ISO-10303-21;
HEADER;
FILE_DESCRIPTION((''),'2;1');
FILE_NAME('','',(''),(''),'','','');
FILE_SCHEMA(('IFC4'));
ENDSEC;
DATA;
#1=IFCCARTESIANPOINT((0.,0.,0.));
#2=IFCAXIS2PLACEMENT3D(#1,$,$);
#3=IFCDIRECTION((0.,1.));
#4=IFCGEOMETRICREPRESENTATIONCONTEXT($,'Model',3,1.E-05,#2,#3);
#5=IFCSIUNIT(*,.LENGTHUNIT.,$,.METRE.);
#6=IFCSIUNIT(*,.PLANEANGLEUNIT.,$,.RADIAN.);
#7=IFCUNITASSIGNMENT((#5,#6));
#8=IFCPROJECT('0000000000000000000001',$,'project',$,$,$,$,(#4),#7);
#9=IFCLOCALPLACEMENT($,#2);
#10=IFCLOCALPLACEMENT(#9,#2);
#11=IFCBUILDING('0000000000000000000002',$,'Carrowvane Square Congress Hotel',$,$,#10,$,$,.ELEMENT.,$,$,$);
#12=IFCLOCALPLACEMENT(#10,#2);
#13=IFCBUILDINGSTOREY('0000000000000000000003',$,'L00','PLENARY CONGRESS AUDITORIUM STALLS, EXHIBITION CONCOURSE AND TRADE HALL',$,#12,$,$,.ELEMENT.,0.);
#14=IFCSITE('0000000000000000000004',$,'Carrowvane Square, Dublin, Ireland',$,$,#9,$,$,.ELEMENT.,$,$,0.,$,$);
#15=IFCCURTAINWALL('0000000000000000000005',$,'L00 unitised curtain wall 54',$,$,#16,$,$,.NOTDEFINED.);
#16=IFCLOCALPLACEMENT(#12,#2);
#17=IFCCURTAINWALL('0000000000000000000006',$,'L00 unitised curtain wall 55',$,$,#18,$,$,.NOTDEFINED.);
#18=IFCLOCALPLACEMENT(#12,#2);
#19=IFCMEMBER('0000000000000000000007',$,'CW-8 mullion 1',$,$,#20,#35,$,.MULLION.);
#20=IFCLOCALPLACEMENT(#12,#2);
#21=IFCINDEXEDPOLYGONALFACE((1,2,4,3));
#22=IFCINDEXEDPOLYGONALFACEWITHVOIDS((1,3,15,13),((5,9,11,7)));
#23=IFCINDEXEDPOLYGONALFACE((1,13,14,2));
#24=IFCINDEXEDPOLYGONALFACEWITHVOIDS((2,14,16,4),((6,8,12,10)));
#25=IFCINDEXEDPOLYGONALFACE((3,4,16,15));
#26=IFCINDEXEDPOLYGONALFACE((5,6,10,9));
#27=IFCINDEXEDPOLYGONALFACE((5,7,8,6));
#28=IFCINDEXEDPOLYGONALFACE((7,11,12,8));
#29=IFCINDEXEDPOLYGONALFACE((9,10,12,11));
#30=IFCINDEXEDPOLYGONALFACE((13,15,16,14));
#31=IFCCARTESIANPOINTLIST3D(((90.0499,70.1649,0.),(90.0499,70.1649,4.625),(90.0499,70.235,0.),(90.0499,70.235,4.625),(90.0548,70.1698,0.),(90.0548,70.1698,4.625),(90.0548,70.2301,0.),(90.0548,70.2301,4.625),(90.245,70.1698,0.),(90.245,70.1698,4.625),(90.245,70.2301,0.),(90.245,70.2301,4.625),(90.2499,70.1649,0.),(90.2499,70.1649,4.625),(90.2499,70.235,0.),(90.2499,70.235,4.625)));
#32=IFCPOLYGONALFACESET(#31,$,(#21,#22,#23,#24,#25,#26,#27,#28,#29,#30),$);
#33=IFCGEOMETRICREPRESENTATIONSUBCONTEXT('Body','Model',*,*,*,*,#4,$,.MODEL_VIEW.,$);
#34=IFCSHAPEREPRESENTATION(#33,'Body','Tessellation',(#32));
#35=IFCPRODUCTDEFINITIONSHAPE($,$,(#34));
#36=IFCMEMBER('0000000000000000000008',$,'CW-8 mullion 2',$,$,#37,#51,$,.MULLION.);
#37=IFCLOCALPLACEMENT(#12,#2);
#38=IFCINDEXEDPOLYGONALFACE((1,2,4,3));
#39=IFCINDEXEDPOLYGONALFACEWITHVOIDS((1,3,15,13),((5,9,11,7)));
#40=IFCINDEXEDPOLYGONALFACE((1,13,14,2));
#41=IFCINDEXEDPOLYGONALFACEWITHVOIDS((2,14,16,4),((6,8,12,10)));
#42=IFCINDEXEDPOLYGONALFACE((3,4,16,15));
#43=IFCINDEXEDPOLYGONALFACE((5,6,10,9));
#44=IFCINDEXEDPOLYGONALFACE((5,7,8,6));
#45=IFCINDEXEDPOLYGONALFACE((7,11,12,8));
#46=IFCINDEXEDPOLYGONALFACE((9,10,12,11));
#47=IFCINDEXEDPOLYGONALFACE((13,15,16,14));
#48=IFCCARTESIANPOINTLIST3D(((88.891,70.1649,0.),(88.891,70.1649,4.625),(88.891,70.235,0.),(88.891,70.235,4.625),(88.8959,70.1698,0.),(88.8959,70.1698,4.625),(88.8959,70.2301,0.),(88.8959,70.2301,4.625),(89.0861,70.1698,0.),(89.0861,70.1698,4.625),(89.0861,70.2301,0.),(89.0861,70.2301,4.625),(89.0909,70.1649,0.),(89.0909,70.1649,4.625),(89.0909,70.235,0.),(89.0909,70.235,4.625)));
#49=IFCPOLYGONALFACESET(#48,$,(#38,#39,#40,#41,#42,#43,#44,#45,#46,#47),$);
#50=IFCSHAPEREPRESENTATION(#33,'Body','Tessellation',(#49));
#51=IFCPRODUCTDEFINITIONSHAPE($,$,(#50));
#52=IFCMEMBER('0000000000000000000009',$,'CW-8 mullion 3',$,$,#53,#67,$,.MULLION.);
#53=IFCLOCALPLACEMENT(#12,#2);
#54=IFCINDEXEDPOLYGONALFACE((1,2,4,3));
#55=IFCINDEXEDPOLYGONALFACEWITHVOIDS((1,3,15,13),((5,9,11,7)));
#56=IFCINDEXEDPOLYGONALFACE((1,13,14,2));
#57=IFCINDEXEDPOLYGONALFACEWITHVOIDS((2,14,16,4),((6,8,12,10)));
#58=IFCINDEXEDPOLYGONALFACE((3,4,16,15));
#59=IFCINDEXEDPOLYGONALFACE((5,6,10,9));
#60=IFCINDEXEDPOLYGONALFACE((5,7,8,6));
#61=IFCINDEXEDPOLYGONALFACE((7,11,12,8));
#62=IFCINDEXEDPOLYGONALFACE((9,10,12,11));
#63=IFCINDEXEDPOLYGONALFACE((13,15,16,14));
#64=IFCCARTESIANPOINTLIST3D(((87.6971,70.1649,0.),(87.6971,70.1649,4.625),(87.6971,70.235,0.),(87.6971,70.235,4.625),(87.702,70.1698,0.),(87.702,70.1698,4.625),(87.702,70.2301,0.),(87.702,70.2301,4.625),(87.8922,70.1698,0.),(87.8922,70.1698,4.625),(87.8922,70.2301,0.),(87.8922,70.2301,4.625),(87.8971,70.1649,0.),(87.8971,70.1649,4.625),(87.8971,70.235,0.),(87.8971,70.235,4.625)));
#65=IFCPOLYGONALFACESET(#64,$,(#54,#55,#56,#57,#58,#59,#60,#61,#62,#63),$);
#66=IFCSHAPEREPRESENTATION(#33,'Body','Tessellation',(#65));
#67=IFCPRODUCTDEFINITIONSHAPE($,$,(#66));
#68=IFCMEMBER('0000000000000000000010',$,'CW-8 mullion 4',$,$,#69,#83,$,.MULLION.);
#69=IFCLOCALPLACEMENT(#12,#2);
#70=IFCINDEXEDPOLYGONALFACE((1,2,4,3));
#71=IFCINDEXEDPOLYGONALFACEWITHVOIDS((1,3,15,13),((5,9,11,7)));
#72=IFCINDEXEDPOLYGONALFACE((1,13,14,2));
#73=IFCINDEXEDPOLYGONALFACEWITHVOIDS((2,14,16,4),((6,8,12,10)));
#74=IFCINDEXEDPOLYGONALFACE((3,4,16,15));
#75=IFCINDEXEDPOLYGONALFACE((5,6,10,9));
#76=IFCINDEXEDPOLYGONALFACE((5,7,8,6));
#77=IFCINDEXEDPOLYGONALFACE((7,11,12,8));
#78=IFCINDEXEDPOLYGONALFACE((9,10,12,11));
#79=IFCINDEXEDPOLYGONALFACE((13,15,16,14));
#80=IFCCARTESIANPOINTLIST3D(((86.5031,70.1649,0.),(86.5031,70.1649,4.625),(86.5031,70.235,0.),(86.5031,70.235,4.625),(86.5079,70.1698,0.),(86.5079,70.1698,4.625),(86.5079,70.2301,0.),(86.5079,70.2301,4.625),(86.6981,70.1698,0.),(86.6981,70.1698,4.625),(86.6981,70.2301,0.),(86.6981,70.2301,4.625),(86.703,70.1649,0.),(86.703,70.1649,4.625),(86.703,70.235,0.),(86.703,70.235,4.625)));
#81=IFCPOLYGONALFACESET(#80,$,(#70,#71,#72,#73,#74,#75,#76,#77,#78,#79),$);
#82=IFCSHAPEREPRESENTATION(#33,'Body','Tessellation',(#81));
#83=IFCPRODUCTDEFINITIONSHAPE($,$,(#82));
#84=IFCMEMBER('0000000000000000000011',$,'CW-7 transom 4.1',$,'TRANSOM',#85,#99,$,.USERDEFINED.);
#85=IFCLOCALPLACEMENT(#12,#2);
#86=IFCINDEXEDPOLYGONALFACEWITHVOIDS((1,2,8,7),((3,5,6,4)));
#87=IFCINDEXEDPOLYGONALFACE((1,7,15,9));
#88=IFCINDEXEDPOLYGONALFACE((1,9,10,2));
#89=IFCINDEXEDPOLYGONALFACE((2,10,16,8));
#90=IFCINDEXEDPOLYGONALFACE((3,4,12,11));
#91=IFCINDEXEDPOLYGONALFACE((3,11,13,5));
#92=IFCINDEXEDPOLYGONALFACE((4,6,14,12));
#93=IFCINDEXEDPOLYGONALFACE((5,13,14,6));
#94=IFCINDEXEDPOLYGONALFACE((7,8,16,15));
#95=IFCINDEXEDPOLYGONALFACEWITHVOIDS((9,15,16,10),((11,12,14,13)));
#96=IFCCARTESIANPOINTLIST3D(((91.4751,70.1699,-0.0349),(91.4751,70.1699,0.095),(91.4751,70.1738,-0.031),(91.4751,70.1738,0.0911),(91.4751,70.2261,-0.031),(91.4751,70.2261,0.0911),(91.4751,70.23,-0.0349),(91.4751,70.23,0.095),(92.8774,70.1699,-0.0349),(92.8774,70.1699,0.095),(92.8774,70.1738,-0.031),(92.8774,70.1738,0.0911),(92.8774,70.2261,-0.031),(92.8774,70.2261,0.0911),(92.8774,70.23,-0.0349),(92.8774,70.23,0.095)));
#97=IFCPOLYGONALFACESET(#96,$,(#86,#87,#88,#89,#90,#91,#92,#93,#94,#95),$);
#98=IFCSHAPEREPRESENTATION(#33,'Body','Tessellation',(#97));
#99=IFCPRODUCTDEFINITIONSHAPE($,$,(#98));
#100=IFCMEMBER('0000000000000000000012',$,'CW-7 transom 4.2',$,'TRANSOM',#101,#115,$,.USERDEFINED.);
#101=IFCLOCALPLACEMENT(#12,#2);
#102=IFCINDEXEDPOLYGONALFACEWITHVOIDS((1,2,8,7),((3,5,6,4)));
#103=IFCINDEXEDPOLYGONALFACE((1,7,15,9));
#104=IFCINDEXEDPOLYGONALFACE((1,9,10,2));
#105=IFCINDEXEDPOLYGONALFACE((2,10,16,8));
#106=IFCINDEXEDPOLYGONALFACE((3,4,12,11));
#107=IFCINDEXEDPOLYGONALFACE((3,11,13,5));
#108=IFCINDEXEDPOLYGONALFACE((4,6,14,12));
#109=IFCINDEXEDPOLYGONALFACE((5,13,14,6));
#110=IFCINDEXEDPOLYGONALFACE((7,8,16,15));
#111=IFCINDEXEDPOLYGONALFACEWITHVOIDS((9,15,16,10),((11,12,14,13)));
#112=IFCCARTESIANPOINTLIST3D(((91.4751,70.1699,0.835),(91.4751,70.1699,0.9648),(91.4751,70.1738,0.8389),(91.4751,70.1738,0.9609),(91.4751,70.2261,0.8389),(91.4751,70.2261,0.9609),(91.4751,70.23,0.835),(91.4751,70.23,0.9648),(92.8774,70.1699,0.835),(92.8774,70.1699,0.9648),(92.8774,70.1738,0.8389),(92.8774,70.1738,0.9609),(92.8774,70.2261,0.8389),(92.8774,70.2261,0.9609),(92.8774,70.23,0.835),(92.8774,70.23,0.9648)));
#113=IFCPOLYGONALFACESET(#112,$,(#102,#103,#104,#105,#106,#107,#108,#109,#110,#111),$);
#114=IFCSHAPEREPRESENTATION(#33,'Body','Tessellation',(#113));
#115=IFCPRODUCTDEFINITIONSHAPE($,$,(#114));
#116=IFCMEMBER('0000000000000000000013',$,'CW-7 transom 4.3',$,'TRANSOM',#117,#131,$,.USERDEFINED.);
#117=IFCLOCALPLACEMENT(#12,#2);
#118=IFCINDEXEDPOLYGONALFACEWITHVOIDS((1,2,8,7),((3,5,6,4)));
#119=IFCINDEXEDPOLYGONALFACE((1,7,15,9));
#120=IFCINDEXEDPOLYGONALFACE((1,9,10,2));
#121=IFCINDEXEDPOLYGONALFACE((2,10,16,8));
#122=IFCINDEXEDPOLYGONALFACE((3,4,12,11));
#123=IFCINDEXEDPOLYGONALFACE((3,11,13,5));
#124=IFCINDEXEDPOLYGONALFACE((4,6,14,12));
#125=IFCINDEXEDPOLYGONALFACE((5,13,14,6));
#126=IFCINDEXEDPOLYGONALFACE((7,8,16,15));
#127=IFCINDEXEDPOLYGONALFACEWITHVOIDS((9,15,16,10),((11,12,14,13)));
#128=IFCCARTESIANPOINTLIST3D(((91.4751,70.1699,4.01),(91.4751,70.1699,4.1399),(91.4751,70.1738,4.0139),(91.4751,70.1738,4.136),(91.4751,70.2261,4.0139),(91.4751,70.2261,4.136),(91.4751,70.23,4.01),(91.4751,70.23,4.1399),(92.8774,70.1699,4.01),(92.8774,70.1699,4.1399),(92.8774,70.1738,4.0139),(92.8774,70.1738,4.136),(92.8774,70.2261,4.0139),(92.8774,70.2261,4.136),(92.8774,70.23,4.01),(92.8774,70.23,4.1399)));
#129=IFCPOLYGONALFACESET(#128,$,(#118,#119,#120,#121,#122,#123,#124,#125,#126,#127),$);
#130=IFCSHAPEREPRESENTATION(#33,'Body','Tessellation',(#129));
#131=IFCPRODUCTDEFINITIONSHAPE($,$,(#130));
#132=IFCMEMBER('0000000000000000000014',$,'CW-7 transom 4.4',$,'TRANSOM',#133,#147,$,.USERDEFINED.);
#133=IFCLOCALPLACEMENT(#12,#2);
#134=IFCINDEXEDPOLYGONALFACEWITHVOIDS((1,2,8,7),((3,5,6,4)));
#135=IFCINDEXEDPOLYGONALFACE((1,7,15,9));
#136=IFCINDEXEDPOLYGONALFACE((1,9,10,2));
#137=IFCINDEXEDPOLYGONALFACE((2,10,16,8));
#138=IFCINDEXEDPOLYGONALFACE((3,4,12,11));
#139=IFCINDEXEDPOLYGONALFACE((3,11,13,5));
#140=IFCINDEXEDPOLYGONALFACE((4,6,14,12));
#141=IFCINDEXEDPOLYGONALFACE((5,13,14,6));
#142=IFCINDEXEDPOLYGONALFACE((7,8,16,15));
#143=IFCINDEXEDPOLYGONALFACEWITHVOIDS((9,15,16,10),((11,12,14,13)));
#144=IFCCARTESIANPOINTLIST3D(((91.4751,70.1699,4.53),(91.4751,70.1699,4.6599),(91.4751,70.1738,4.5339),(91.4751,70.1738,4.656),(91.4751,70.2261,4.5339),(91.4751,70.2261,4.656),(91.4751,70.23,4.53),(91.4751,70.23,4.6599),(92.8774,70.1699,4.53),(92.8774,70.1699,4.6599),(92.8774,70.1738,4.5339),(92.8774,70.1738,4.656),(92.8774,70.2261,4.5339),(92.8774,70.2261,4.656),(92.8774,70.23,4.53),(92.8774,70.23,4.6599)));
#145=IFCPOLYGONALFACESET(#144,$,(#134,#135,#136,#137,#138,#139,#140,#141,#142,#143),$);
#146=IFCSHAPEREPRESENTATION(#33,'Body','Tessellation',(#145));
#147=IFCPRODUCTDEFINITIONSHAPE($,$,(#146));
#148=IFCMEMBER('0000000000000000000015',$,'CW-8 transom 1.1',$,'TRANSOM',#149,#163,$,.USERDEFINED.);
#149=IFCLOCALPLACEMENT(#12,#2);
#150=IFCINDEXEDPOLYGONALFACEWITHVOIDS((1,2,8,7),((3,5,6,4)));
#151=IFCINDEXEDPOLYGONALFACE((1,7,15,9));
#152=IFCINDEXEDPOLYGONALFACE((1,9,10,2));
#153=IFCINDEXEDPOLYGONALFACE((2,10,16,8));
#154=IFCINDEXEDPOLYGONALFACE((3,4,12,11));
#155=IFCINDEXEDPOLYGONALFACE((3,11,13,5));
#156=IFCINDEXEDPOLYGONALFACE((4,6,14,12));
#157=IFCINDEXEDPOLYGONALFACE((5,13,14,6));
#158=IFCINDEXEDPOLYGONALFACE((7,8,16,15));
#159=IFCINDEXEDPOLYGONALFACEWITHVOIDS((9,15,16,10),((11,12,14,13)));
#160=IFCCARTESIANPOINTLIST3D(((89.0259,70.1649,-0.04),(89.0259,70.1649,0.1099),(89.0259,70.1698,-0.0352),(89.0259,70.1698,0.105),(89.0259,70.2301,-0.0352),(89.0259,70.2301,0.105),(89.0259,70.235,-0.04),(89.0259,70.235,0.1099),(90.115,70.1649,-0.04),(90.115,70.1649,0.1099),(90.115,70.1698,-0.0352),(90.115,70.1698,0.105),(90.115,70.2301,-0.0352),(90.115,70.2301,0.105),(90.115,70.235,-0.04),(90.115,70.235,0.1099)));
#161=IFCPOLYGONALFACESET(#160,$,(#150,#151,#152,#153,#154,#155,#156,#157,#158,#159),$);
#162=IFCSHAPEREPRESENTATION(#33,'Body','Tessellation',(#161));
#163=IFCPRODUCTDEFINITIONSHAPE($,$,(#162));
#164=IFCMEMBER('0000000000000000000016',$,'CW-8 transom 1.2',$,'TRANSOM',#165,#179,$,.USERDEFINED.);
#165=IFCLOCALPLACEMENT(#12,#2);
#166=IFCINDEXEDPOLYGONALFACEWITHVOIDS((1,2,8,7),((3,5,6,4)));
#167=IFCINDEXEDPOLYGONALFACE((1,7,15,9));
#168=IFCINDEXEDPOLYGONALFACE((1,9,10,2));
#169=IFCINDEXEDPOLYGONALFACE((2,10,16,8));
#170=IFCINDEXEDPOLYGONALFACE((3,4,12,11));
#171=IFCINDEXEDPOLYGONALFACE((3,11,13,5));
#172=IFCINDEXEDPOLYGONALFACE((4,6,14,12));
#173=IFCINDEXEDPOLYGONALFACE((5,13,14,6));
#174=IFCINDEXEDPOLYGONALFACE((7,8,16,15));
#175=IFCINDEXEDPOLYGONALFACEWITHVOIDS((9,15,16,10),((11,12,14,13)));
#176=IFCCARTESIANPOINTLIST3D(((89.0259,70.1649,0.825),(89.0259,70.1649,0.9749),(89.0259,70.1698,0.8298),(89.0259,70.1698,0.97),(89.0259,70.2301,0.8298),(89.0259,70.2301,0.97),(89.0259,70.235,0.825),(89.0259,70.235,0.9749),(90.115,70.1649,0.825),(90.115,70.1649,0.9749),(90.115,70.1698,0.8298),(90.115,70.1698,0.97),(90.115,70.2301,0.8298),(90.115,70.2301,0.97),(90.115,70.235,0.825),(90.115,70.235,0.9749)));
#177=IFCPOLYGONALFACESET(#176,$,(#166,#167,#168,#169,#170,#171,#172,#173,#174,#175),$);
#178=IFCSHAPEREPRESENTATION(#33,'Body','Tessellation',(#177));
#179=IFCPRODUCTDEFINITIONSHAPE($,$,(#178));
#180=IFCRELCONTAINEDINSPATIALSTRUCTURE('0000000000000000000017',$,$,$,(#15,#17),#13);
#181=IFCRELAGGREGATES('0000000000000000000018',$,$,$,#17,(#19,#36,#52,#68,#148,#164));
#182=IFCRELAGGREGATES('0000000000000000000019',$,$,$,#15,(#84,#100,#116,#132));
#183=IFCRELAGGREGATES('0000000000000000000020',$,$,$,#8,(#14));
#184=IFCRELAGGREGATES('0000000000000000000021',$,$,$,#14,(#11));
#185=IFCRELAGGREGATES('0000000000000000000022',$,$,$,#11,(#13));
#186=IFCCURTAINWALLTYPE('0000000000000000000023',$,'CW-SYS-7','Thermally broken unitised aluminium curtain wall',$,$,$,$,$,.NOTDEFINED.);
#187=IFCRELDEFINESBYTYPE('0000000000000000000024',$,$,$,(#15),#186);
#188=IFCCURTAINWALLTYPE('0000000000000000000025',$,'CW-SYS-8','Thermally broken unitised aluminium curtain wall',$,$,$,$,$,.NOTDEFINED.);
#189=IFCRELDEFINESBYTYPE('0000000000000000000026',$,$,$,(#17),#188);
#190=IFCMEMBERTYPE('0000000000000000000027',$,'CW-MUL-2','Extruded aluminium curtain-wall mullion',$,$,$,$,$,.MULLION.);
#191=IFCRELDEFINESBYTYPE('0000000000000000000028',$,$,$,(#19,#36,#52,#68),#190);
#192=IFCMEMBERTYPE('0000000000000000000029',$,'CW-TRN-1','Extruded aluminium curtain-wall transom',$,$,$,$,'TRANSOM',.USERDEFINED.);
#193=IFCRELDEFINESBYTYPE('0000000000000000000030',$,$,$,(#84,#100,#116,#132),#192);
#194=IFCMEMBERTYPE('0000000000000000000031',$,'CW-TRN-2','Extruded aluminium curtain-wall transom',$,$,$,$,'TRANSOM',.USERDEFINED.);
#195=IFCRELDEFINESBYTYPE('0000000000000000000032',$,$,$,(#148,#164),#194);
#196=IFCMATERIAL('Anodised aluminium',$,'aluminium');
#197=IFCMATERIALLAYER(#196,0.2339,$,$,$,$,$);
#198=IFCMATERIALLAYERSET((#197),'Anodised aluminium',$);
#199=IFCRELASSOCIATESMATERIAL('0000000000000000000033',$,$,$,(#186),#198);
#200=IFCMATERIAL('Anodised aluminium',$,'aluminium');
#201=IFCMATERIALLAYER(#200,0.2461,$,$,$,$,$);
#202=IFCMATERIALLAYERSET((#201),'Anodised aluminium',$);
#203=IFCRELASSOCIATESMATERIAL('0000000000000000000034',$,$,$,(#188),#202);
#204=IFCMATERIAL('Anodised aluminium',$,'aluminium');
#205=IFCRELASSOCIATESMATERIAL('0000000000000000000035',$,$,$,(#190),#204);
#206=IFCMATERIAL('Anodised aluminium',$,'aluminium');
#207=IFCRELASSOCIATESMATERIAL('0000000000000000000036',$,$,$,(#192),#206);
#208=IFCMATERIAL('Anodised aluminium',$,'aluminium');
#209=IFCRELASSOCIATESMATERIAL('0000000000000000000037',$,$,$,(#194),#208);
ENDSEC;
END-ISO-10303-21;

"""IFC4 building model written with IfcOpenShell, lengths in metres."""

from ifc_helpers import new_model, si_unit, direction, frame, origin, origin_2d, place, context, subcontext, project, spatial, hollow_rectangle, extrude, material, layer, layer_set, material_profile, profile_set, type_object, element, aggregate, save


model = new_model("IFC4")

# Units and contexts
model_context = context("Model", 3, precision=1e-05, world=origin(), true_north=direction((0.0, 1.0)))
body_context = subcontext(model_context, "Body", "Model", "MODEL_VIEW")
ifc_project = project(units=[si_unit("LENGTHUNIT", "METRE"), si_unit("PLANEANGLEUNIT", "RADIAN")], contexts=[model_context])

# Site, building, storey
site_placement = place(None, origin())
site = spatial("IfcSite", under=ifc_project, at=site_placement, Name="Carrowvane Square, Dublin, Ireland", CompositionType="ELEMENT", RefElevation=0.0)
building_placement = place(site_placement, origin())
building = spatial("IfcBuilding", under=site, at=building_placement, Name="Carrowvane Square Congress Hotel", CompositionType="ELEMENT")
storey_placement = place(building_placement, origin())
storey = spatial("IfcBuildingStorey", under=building, at=storey_placement, Name="L00", Description="PLENARY CONGRESS AUDITORIUM STALLS, EXHIBITION CONCOURSE AND TRADE HALL", CompositionType="ELEMENT", Elevation=0.0)

# Curtain walls, members
ifc_material_1 = material(Name="Anodised aluminium", Category="aluminium")
ifc_layer_1 = layer(ifc_material_1, 0.2339)
ifc_layer_set_1 = layer_set([ifc_layer_1], Name="Anodised aluminium")
curtain_wall_type_1 = type_object("IfcCurtainWallType", Name="CW-SYS-7", Description="Thermally broken unitised aluminium curtain wall", PredefinedType="NOTDEFINED", material=ifc_layer_set_1)
curtain_wall_1_placement = place(storey_placement, origin())
curtain_wall_1 = element("IfcCurtainWall", 1, at=curtain_wall_1_placement, inside=storey, type_object=curtain_wall_type_1, Name="L00 unitised curtain wall 54", PredefinedType="NOTDEFINED")
ifc_material_2 = material(Name="Anodised aluminium", Category="aluminium")
ifc_layer_2 = layer(ifc_material_2, 0.2461)
ifc_layer_set_2 = layer_set([ifc_layer_2], Name="Anodised aluminium")
curtain_wall_type_2 = type_object("IfcCurtainWallType", Name="CW-SYS-8", Description="Thermally broken unitised aluminium curtain wall", PredefinedType="NOTDEFINED", material=ifc_layer_set_2)
curtain_wall_2_placement = place(storey_placement, origin())
curtain_wall_2 = element("IfcCurtainWall", 2, at=curtain_wall_2_placement, inside=storey, type_object=curtain_wall_type_2, Name="L00 unitised curtain wall 55", PredefinedType="NOTDEFINED")
ifc_material_3 = material(Name="Anodised aluminium", Category="aluminium")
ifc_material_profile_1 = material_profile(ifc_material_3, hollow_rectangle(XDim=0.0701, YDim=0.2, WallThickness=0.0049, at=origin_2d()), Name="CW-ML 70x200x5")
ifc_profile_set_1 = profile_set([ifc_material_profile_1], Name="Anodised aluminium")
member_type_1 = type_object("IfcMemberType", Name="CW-MUL-2", Description="Extruded aluminium curtain-wall mullion", PredefinedType="MULLION", material=ifc_profile_set_1)
member_1_placement = place(storey_placement, frame((90.1499, 70.2, 0.0), z_axis=(0.0, 0.0, 1.0), x_axis=(0.0, -1.0, 0.0)))
member_1 = element("IfcMember", 3, at=member_1_placement, type_object=member_type_1, Name="CW-8 mullion 1", PredefinedType="MULLION", context=body_context, shape_type="SweptSolid", body=[
    extrude(hollow_rectangle(XDim=0.0701, YDim=0.2, WallThickness=0.0049, at=origin_2d()), origin(), (0.0, 0.0, 1.0), 4.625),
])
member_2_placement = place(storey_placement, frame((88.991, 70.2, 0.0), z_axis=(0.0, 0.0, 1.0), x_axis=(0.0, -1.0, 0.0)))
member_2 = element("IfcMember", 4, at=member_2_placement, type_object=member_type_1, Name="CW-8 mullion 2", PredefinedType="MULLION", context=body_context, shape_type="SweptSolid", body=[
    extrude(hollow_rectangle(XDim=0.0701, YDim=0.2, WallThickness=0.0049, at=origin_2d()), origin(), (0.0, 0.0, 1.0), 4.625),
])
member_3_placement = place(storey_placement, frame((87.7971, 70.2, 0.0), z_axis=(0.0, 0.0, 1.0), x_axis=(0.0, -1.0, 0.0)))
member_3 = element("IfcMember", 5, at=member_3_placement, type_object=member_type_1, Name="CW-8 mullion 3", PredefinedType="MULLION", context=body_context, shape_type="SweptSolid", body=[
    extrude(hollow_rectangle(XDim=0.0701, YDim=0.2, WallThickness=0.0049, at=origin_2d()), origin(), (0.0, 0.0, 1.0), 4.625),
])
member_4_placement = place(storey_placement, frame((86.603, 70.2, 0.0), z_axis=(0.0, 0.0, 1.0), x_axis=(0.0, -1.0, 0.0)))
member_4 = element("IfcMember", 6, at=member_4_placement, type_object=member_type_1, Name="CW-8 mullion 4", PredefinedType="MULLION", context=body_context, shape_type="SweptSolid", body=[
    extrude(hollow_rectangle(XDim=0.0701, YDim=0.2, WallThickness=0.0049, at=origin_2d()), origin(), (0.0, 0.0, 1.0), 4.625),
])

# Members
ifc_material_4 = material(Name="Anodised aluminium", Category="aluminium")
ifc_material_profile_2 = material_profile(ifc_material_4, hollow_rectangle(XDim=0.0601, YDim=0.1299, WallThickness=0.0039, at=origin_2d()), Name="CW-TR 60x130x4")
ifc_profile_set_2 = profile_set([ifc_material_profile_2], Name="Anodised aluminium")
member_type_2 = type_object("IfcMemberType", Name="CW-TRN-1", Description="Extruded aluminium curtain-wall transom", ElementType="TRANSOM", PredefinedType="USERDEFINED", material=ifc_profile_set_2)
member_5_placement = place(storey_placement, frame((92.8774, 70.2, 0.03), z_axis=(-1.0, 0.0, 0.0), x_axis=(0.0, -1.0, 0.0)))
member_5 = element("IfcMember", 7, at=member_5_placement, type_object=member_type_2, Name="CW-7 transom 4.1", ObjectType="TRANSOM", PredefinedType="USERDEFINED", context=body_context, shape_type="SweptSolid", body=[
    extrude(hollow_rectangle(XDim=0.0601, YDim=0.1299, WallThickness=0.0039, at=origin_2d()), origin(), (0.0, 0.0, 1.0), 1.4023),
])
member_6_placement = place(storey_placement, frame((92.8774, 70.2, 0.8999), z_axis=(-1.0, 0.0, 0.0), x_axis=(0.0, -1.0, 0.0)))
member_6 = element("IfcMember", 8, at=member_6_placement, type_object=member_type_2, Name="CW-7 transom 4.2", ObjectType="TRANSOM", PredefinedType="USERDEFINED", context=body_context, shape_type="SweptSolid", body=[
    extrude(hollow_rectangle(XDim=0.0601, YDim=0.1299, WallThickness=0.0039, at=origin_2d()), origin(), (0.0, 0.0, 1.0), 1.4023),
])
member_7_placement = place(storey_placement, frame((92.8774, 70.2, 4.075), z_axis=(-1.0, 0.0, 0.0), x_axis=(0.0, -1.0, 0.0)))
member_7 = element("IfcMember", 9, at=member_7_placement, type_object=member_type_2, Name="CW-7 transom 4.3", ObjectType="TRANSOM", PredefinedType="USERDEFINED", context=body_context, shape_type="SweptSolid", body=[
    extrude(hollow_rectangle(XDim=0.0601, YDim=0.1299, WallThickness=0.0039, at=origin_2d()), origin(), (0.0, 0.0, 1.0), 1.4023),
])
member_8_placement = place(storey_placement, frame((92.8774, 70.2, 4.595), z_axis=(-1.0, 0.0, 0.0), x_axis=(0.0, -1.0, 0.0)))
member_8 = element("IfcMember", 10, at=member_8_placement, type_object=member_type_2, Name="CW-7 transom 4.4", ObjectType="TRANSOM", PredefinedType="USERDEFINED", context=body_context, shape_type="SweptSolid", body=[
    extrude(hollow_rectangle(XDim=0.0601, YDim=0.1299, WallThickness=0.0039, at=origin_2d()), origin(), (0.0, 0.0, 1.0), 1.4023),
])
ifc_material_5 = material(Name="Anodised aluminium", Category="aluminium")
ifc_material_profile_3 = material_profile(ifc_material_5, hollow_rectangle(XDim=0.0701, YDim=0.1499, WallThickness=0.0049, at=origin_2d()), Name="CW-TR 70x150x5")
ifc_profile_set_3 = profile_set([ifc_material_profile_3], Name="Anodised aluminium")
member_type_3 = type_object("IfcMemberType", Name="CW-TRN-2", Description="Extruded aluminium curtain-wall transom", ElementType="TRANSOM", PredefinedType="USERDEFINED", material=ifc_profile_set_3)
member_9_placement = place(storey_placement, frame((90.115, 70.2, 0.0349), z_axis=(-1.0, 0.0, 0.0), x_axis=(0.0, -1.0, 0.0)))
member_9 = element("IfcMember", 11, at=member_9_placement, type_object=member_type_3, Name="CW-8 transom 1.1", ObjectType="TRANSOM", PredefinedType="USERDEFINED", context=body_context, shape_type="SweptSolid", body=[
    extrude(hollow_rectangle(XDim=0.0701, YDim=0.1499, WallThickness=0.0049, at=origin_2d()), origin(), (0.0, 0.0, 1.0), 1.0891),
])
member_10_placement = place(storey_placement, frame((90.115, 70.2, 0.8999), z_axis=(-1.0, 0.0, 0.0), x_axis=(0.0, -1.0, 0.0)))
member_10 = element("IfcMember", 12, at=member_10_placement, type_object=member_type_3, Name="CW-8 transom 1.2", ObjectType="TRANSOM", PredefinedType="USERDEFINED", context=body_context, shape_type="SweptSolid", body=[
    extrude(hollow_rectangle(XDim=0.0701, YDim=0.1499, WallThickness=0.0049, at=origin_2d()), origin(), (0.0, 0.0, 1.0), 1.0891),
])

aggregate(curtain_wall_2, [member_1, member_2, member_3, member_4, member_9, member_10])
aggregate(curtain_wall_1, [member_5, member_6, member_7, member_8])

save(model, "model.ifc")
